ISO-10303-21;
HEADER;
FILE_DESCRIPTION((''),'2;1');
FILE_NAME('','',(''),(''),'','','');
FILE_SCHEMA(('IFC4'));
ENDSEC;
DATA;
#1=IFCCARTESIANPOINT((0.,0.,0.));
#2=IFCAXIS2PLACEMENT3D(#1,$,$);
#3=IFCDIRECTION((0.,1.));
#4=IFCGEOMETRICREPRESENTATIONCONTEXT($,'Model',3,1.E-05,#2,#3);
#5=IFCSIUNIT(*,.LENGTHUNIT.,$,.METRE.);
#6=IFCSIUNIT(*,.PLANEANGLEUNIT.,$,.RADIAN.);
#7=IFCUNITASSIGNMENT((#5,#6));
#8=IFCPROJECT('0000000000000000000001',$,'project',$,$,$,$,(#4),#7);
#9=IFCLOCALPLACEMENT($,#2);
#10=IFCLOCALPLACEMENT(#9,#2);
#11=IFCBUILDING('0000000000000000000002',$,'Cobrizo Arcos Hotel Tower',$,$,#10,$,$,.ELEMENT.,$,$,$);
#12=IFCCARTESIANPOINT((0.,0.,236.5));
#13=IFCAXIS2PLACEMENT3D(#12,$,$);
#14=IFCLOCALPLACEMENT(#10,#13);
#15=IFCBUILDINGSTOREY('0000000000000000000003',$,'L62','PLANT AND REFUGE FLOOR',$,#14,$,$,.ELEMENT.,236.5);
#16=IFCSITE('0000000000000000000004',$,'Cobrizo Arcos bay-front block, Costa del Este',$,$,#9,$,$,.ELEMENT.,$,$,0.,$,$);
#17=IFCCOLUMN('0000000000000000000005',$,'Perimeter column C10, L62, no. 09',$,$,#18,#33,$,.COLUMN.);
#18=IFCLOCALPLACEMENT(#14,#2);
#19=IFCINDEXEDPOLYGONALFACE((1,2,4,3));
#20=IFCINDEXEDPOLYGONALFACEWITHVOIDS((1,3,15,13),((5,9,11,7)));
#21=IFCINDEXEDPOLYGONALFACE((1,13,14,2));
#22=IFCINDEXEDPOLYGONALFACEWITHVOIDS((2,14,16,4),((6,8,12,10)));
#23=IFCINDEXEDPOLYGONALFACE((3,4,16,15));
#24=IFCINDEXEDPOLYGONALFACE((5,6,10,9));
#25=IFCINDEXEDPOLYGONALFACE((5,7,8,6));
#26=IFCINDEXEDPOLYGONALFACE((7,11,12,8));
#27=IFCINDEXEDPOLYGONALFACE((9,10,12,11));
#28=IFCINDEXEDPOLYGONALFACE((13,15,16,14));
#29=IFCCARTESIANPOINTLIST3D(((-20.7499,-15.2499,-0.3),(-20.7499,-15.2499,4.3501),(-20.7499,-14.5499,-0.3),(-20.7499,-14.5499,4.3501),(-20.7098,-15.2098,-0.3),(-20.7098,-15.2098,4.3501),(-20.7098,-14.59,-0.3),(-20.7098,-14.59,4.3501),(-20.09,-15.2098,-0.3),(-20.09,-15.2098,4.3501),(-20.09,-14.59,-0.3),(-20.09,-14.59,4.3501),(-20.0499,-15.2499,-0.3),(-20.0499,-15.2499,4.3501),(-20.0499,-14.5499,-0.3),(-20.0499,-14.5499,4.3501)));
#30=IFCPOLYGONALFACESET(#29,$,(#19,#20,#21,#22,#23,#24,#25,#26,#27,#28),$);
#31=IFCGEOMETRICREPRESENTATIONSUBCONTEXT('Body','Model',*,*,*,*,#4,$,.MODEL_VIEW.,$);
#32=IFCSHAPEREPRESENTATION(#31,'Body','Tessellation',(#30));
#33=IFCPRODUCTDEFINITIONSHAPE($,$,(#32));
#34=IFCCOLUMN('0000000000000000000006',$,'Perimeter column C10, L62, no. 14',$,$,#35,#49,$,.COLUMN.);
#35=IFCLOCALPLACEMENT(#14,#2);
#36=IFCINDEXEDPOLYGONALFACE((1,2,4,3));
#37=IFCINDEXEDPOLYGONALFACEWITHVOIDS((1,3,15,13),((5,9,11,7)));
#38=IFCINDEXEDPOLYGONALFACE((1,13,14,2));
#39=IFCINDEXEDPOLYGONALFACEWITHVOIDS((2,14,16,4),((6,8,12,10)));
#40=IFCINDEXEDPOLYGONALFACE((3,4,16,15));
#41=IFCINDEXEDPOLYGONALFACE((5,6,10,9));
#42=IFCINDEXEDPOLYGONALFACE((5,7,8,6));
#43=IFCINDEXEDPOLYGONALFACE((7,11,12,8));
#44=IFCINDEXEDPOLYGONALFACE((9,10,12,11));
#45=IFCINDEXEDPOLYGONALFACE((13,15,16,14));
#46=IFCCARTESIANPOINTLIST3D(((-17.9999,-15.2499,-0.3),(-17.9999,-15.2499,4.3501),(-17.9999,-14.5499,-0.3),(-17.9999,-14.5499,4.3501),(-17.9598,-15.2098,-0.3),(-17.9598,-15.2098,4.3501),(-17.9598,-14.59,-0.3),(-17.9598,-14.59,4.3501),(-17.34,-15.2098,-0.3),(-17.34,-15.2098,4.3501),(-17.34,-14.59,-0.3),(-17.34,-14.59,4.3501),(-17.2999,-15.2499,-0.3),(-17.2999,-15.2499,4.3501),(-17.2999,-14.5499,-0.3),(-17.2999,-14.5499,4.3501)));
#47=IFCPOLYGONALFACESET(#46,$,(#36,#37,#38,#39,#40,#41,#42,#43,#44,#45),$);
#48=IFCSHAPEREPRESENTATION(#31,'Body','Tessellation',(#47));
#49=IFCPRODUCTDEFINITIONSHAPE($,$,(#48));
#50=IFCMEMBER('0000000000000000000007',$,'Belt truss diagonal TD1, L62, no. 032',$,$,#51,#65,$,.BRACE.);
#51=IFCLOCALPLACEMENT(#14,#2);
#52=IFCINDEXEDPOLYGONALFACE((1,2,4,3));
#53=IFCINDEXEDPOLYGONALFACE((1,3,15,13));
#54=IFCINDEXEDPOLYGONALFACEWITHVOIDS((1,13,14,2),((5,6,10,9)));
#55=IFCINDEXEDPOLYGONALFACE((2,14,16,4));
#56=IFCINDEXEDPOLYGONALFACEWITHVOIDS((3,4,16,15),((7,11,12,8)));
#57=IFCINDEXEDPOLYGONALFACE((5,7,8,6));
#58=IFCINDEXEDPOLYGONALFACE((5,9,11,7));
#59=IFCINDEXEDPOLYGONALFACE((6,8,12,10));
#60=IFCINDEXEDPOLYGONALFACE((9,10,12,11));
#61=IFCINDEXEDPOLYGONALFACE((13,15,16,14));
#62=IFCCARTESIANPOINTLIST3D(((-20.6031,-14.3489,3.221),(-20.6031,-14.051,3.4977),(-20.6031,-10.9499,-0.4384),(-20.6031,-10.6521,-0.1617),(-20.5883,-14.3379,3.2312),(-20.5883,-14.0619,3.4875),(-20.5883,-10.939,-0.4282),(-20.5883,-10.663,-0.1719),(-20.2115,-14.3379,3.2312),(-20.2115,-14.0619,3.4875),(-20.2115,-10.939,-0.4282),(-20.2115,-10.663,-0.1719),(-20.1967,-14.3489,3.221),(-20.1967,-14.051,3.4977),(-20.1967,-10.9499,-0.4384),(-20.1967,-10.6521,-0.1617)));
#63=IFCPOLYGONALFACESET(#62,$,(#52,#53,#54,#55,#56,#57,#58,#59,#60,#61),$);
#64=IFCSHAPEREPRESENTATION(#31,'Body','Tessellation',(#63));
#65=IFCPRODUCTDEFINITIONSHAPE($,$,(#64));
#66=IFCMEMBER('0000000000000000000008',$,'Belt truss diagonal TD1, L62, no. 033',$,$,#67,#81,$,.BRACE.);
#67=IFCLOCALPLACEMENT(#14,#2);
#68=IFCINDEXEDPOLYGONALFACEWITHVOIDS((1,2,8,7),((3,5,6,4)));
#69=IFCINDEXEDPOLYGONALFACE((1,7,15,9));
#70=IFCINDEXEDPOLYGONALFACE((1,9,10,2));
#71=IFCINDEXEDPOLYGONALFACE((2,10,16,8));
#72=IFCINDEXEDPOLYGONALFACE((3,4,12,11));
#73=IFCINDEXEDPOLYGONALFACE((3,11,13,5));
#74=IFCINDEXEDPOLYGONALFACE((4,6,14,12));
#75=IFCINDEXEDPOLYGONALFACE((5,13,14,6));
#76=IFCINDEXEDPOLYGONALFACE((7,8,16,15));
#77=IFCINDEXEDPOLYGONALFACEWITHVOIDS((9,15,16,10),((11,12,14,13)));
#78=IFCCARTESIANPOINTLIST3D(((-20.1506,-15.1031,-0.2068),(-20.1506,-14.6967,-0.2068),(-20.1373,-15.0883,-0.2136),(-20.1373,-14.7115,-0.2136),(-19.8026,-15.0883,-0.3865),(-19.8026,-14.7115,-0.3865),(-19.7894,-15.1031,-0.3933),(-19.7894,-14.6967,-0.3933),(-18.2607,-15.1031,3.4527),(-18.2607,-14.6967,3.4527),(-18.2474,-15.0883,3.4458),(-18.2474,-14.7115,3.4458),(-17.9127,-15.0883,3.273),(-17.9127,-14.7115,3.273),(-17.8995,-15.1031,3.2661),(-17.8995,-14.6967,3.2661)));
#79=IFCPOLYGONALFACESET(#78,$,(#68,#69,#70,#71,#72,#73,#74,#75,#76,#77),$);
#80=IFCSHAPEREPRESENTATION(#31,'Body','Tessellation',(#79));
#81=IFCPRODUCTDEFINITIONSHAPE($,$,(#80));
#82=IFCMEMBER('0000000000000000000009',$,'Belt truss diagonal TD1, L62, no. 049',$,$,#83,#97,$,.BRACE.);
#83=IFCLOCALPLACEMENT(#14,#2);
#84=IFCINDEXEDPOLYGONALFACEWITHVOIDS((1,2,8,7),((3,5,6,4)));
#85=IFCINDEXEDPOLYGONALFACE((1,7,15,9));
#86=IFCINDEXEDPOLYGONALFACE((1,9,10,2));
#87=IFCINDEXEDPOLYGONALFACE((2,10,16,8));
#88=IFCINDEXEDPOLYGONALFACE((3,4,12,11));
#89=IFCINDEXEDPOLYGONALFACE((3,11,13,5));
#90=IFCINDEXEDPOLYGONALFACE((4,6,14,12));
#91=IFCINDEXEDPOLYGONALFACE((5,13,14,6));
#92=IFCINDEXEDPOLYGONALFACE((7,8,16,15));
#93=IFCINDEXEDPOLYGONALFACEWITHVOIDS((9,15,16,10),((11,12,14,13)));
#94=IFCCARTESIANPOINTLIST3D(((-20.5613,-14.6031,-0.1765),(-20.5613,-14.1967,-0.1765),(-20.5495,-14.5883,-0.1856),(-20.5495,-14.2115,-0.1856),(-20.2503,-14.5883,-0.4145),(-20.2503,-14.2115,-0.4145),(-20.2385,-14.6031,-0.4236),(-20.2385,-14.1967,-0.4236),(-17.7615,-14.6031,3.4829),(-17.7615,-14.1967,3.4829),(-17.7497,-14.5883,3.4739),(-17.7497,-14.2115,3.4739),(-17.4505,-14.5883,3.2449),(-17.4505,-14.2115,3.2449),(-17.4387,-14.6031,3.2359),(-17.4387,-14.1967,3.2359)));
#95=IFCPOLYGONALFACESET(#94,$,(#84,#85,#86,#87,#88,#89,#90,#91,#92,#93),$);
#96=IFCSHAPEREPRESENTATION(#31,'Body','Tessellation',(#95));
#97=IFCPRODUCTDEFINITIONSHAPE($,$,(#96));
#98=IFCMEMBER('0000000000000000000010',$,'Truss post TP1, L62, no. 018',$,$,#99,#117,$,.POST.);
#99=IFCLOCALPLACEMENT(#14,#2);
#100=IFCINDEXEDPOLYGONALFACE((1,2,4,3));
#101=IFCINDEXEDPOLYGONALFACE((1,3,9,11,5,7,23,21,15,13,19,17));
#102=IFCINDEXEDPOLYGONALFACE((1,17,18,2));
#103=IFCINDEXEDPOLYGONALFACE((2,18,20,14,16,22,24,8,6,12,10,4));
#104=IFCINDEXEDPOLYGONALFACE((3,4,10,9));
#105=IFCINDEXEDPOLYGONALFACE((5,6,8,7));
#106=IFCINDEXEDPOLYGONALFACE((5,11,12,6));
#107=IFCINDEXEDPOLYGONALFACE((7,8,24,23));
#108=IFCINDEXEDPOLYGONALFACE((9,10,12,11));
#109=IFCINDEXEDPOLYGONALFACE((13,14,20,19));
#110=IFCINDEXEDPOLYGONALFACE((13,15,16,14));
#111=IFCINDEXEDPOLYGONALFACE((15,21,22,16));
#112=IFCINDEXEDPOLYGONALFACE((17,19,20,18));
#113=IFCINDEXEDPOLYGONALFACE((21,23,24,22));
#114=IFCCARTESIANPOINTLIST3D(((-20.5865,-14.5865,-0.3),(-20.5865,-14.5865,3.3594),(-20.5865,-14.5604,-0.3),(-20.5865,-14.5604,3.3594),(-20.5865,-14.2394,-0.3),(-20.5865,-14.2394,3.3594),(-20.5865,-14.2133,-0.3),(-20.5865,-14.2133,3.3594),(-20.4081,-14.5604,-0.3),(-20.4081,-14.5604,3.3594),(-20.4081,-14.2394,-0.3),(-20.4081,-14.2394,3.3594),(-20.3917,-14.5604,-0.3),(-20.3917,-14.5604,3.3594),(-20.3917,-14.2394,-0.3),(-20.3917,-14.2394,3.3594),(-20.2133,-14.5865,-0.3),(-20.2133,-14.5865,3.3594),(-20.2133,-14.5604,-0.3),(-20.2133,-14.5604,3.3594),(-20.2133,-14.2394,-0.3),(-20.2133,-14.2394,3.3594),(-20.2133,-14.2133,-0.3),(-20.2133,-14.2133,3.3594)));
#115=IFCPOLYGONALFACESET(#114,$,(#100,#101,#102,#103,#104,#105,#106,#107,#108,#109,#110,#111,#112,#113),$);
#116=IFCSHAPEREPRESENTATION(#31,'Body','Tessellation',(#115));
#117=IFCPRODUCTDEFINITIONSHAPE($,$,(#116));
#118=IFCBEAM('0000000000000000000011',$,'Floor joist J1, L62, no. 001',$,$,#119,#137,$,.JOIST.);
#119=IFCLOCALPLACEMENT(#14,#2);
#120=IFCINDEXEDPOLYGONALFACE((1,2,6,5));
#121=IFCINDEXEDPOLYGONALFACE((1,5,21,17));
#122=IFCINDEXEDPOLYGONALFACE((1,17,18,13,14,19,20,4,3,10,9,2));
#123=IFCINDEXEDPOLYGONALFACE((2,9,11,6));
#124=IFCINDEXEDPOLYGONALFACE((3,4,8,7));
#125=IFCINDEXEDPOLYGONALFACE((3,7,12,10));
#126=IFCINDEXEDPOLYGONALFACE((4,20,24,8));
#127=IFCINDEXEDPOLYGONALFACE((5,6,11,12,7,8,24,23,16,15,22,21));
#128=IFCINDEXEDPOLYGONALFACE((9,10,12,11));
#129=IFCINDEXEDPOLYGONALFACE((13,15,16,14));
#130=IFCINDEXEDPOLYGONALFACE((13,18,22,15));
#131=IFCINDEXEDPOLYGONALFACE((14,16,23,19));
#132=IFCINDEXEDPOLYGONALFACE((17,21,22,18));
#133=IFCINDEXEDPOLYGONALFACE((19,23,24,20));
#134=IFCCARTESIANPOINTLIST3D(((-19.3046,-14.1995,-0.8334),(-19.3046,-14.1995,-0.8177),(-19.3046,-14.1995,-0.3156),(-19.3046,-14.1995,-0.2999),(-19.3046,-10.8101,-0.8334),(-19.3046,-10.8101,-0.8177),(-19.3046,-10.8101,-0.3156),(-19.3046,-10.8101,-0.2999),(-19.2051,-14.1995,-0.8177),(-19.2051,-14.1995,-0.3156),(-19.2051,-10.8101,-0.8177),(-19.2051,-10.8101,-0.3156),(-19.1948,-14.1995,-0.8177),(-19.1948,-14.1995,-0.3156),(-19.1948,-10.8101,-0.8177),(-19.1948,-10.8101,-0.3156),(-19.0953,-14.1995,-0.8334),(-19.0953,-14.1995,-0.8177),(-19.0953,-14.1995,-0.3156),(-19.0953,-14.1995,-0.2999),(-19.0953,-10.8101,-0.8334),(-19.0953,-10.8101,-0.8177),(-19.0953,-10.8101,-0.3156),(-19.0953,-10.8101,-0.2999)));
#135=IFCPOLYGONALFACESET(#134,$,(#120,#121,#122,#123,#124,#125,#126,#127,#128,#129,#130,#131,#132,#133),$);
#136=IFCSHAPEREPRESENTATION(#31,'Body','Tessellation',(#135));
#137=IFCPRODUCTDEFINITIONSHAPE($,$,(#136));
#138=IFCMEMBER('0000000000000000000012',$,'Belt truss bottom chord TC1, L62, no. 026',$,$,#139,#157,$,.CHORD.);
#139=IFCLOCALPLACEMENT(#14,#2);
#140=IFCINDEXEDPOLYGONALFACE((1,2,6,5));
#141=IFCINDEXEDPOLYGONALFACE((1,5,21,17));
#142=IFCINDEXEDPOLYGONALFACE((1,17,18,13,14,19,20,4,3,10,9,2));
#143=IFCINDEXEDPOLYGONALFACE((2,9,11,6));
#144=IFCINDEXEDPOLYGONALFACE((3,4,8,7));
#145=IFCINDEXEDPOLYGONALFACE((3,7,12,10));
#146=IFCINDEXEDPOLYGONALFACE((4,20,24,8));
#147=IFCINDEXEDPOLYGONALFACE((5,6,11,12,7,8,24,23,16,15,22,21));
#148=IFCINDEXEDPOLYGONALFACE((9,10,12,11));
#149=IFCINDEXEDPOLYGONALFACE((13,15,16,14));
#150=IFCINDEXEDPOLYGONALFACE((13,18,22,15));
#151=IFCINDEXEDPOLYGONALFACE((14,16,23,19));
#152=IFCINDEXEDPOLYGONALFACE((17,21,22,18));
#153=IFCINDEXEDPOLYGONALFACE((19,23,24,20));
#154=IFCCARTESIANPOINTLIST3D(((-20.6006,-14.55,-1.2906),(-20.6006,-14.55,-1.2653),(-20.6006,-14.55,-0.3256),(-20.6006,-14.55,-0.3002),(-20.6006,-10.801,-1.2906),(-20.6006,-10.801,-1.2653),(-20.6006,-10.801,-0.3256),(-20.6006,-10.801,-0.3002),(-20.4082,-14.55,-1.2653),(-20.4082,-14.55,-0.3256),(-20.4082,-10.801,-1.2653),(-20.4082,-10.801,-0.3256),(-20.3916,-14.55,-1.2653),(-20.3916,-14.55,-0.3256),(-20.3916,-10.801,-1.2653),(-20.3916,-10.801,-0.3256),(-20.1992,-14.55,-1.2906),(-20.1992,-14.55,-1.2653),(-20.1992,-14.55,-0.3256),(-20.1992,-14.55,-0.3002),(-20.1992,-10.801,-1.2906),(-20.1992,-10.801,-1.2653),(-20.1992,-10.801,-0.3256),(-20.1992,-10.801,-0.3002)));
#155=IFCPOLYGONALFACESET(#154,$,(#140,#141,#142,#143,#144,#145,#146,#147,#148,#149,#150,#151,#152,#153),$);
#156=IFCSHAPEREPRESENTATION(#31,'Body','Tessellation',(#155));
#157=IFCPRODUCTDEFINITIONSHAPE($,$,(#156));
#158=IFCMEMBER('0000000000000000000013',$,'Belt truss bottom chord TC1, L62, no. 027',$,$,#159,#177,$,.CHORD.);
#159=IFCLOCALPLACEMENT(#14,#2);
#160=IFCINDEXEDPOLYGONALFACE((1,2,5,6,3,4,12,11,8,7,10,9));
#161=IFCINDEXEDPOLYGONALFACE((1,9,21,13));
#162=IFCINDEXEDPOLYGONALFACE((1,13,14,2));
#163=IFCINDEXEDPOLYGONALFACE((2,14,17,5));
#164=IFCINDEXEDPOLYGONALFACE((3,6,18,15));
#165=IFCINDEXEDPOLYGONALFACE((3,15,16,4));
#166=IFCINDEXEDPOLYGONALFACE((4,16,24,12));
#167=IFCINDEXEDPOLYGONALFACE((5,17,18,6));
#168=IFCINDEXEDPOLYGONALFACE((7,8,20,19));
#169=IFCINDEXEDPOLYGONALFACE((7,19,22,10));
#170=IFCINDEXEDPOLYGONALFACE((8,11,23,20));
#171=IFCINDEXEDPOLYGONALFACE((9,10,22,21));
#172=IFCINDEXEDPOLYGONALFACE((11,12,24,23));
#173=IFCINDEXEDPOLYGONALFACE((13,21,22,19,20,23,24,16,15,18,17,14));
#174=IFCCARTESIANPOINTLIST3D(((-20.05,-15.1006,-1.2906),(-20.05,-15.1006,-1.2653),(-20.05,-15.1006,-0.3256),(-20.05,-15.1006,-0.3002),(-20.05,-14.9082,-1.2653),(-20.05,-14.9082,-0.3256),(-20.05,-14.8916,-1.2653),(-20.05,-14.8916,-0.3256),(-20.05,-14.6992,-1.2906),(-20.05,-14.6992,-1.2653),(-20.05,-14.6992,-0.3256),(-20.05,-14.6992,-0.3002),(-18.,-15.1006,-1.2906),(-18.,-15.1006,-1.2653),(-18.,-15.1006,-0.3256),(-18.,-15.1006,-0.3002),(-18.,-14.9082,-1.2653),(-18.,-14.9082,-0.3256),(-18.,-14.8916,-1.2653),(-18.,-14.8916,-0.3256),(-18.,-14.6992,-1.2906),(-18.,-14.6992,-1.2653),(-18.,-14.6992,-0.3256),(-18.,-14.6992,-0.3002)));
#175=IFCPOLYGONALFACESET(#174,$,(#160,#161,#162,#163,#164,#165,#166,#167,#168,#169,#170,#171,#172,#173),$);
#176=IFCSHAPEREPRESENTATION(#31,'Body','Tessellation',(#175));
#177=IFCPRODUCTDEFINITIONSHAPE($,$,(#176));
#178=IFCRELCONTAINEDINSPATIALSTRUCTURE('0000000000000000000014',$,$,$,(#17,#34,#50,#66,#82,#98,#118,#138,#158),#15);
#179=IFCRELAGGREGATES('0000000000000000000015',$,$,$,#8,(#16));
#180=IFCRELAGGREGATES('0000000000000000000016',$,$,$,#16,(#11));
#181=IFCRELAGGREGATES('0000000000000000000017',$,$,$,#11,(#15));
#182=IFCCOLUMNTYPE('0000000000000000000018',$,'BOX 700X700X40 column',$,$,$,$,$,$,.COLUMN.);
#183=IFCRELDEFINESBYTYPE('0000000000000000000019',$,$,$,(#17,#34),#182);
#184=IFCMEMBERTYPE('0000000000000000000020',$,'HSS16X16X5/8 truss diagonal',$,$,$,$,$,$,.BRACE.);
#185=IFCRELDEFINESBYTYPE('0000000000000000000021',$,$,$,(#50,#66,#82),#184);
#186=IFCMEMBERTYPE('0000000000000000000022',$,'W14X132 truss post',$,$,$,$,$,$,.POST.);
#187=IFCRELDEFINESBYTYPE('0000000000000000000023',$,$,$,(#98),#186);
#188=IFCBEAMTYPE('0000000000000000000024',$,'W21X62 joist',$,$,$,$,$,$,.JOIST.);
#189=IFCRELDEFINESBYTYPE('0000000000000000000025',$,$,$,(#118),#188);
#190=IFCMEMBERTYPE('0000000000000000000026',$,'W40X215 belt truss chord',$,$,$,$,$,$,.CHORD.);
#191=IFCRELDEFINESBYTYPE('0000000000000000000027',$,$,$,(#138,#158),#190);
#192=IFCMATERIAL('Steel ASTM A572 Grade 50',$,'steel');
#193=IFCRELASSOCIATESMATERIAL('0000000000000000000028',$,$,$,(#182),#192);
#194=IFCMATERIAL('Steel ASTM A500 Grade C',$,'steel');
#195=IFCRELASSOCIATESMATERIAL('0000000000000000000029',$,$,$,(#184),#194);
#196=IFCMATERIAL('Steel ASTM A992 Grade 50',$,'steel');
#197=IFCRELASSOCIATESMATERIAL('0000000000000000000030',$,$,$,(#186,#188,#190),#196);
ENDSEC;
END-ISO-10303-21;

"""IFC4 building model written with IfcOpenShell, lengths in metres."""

from ifc_helpers import new_model, si_unit, direction, frame, origin, origin_2d, place, context, subcontext, project, spatial, hollow_rectangle, i_section, extrude, material, material_profile, profile_set, type_object, element, save


model = new_model("IFC4")

# Units and contexts
model_context = context("Model", 3, precision=1e-05, world=origin(), true_north=direction((0.0, 1.0)))
body_context = subcontext(model_context, "Body", "Model", "MODEL_VIEW")
ifc_project = project(units=[si_unit("LENGTHUNIT", "METRE"), si_unit("PLANEANGLEUNIT", "RADIAN")], contexts=[model_context])

# Site, building, storey
site_placement = place(None, origin())
site = spatial("IfcSite", under=ifc_project, at=site_placement, Name="Cobrizo Arcos bay-front block, Costa del Este", CompositionType="ELEMENT", RefElevation=0.0)
building_placement = place(site_placement, origin())
building = spatial("IfcBuilding", under=site, at=building_placement, Name="Cobrizo Arcos Hotel Tower", CompositionType="ELEMENT")
storey_placement = place(building_placement, frame((0.0, 0.0, 236.5)))
storey = spatial("IfcBuildingStorey", under=building, at=storey_placement, Name="L62", Description="PLANT AND REFUGE FLOOR", CompositionType="ELEMENT", Elevation=236.5)

# Columns
ifc_material_1 = material(Name="Steel ASTM A572 Grade 50", Category="steel")
ifc_material_profile_1 = material_profile(ifc_material_1, hollow_rectangle(XDim=0.7, YDim=0.7, WallThickness=0.04, at=origin_2d()), Name="BOX 700X700X40")
ifc_profile_set_1 = profile_set([ifc_material_profile_1], Name="Steel ASTM A572 Grade 50")
column_type = type_object("IfcColumnType", Name="BOX 700X700X40 column", PredefinedType="COLUMN", material=ifc_profile_set_1)
for number, where, z_axis, x_axis, name in (
    (1, (-20.3999, -14.8999, -0.3), (0.0, 0.0, 1.0), (1.0, 0.0, 0.0), "Perimeter column C10, L62, no. 09"),
    (2, (-17.6499, -14.8999, -0.3), (0.0, 0.0, 1.0), (1.0, 0.0, 0.0), "Perimeter column C10, L62, no. 14"),
):
    element("IfcColumn", number, at=place(storey_placement, frame(where, z_axis=z_axis, x_axis=x_axis)), inside=storey, type_object=column_type, Name=name, PredefinedType="COLUMN", context=body_context, shape_type="SweptSolid", body=[
        extrude(hollow_rectangle(XDim=0.7, YDim=0.7, WallThickness=0.04, at=origin_2d()), origin(), (0.0, 0.0, 1.0), 4.6501),
    ])

# Members
ifc_material_2 = material(Name="Steel ASTM A500 Grade C", Category="steel")
ifc_material_profile_2 = material_profile(ifc_material_2, hollow_rectangle(XDim=0.4065, YDim=0.4065, WallThickness=0.0149, at=origin_2d()), Name="HSS16X16X5/8")
ifc_profile_set_2 = profile_set([ifc_material_profile_2], Name="Steel ASTM A500 Grade C")
member_type_1 = type_object("IfcMemberType", Name="HSS16X16X5/8 truss diagonal", PredefinedType="BRACE", material=ifc_profile_set_2)
member_1_placement = place(storey_placement, frame((-20.3999, -10.801, -0.3), z_axis=(0.0, -0.680547, 0.732705), x_axis=(1.0, 0.0, 0.0)))
element("IfcMember", 3, at=member_1_placement, inside=storey, type_object=member_type_1, Name="Belt truss diagonal TD1, L62, no. 032", PredefinedType="BRACE", context=body_context, shape_type="SweptSolid", body=[
    extrude(hollow_rectangle(XDim=0.4065, YDim=0.4065, WallThickness=0.0149, at=origin_2d()), origin(), (0.0, 0.0, 1.0), 4.9944),
])
member_2_placement = place(storey_placement, frame((-19.97, -14.8999, -0.3), z_axis=(0.458865, 0.0, 0.888506), x_axis=(0.0, 1.0, 0.0)))
element("IfcMember", 4, at=member_2_placement, inside=storey, type_object=member_type_1, Name="Belt truss diagonal TD1, L62, no. 033", PredefinedType="BRACE", context=body_context, shape_type="SweptSolid", body=[
    extrude(hollow_rectangle(XDim=0.4065, YDim=0.4065, WallThickness=0.0149, at=origin_2d()), origin(), (0.0, 0.0, 1.0), 4.1187),
])
member_3_placement = place(storey_placement, frame((-20.3999, -14.3999, -0.3), z_axis=(0.607645, 0.0, 0.794209), x_axis=(0.0, 1.0, 0.0)))
element("IfcMember", 5, at=member_3_placement, inside=storey, type_object=member_type_1, Name="Belt truss diagonal TD1, L62, no. 049", PredefinedType="BRACE", context=body_context, shape_type="SweptSolid", body=[
    extrude(hollow_rectangle(XDim=0.4065, YDim=0.4065, WallThickness=0.0149, at=origin_2d()), origin(), (0.0, 0.0, 1.0), 4.6077),
])
ifc_material_3 = material(Name="Steel ASTM A992 Grade 50", Category="steel")
ifc_material_profile_3 = material_profile(ifc_material_3, i_section(OverallWidth=0.3733, OverallDepth=0.3733, WebThickness=0.0164, FlangeThickness=0.0261, at=origin_2d()), Name="W14X132")
ifc_profile_set_3 = profile_set([ifc_material_profile_3], Name="Steel ASTM A992 Grade 50")
member_type_2 = type_object("IfcMemberType", Name="W14X132 truss post", PredefinedType="POST", material=ifc_profile_set_3)
member_4_placement = place(storey_placement, frame((-20.3999, -14.3999, -0.3), z_axis=(0.0, 0.0, 1.0), x_axis=(1.0, 0.0, 0.0)))
element("IfcMember", 6, at=member_4_placement, inside=storey, type_object=member_type_2, Name="Truss post TP1, L62, no. 018", PredefinedType="POST", context=body_context, shape_type="SweptSolid", body=[
    extrude(i_section(OverallWidth=0.3733, OverallDepth=0.3733, WebThickness=0.0164, FlangeThickness=0.0261, at=origin_2d()), origin(), (0.0, 0.0, 1.0), 3.6594),
])

# Beam
ifc_material_profile_4 = material_profile(ifc_material_3, i_section(OverallWidth=0.2092, OverallDepth=0.5334, WebThickness=0.0103, FlangeThickness=0.0156, at=origin_2d()), Name="W21X62")
ifc_profile_set_4 = profile_set([ifc_material_profile_4], Name="Steel ASTM A992 Grade 50")
beam_type = type_object("IfcBeamType", Name="W21X62 joist", PredefinedType="JOIST", material=ifc_profile_set_4)
beam_placement = place(storey_placement, frame((-19.2, -14.1995, -0.5667), z_axis=(0.0, 1.0, 0.0), x_axis=(-1.0, 0.0, 0.0)))
element("IfcBeam", 7, at=beam_placement, inside=storey, type_object=beam_type, Name="Floor joist J1, L62, no. 001", PredefinedType="JOIST", context=body_context, shape_type="SweptSolid", body=[
    extrude(i_section(OverallWidth=0.2092, OverallDepth=0.5334, WebThickness=0.0103, FlangeThickness=0.0156, at=origin_2d()), origin(), (0.0, 0.0, 1.0), 3.3894),
])

# Members
ifc_material_profile_5 = material_profile(ifc_material_3, i_section(OverallWidth=0.4014, OverallDepth=0.9905, WebThickness=0.0166, FlangeThickness=0.0254, at=origin_2d()), Name="W40X215")
ifc_profile_set_5 = profile_set([ifc_material_profile_5], Name="Steel ASTM A992 Grade 50")
member_type_3 = type_object("IfcMemberType", Name="W40X215 belt truss chord", PredefinedType="CHORD", material=ifc_profile_set_5)
member_5_placement = place(storey_placement, frame((-20.3999, -10.801, -0.7954), z_axis=(0.0, -1.0, 0.0), x_axis=(1.0, 0.0, 0.0)))
element("IfcMember", 8, at=member_5_placement, inside=storey, type_object=member_type_3, Name="Belt truss bottom chord TC1, L62, no. 026", PredefinedType="CHORD", context=body_context, shape_type="SweptSolid", body=[
    extrude(i_section(OverallWidth=0.4014, OverallDepth=0.9905, WebThickness=0.0166, FlangeThickness=0.0254, at=origin_2d()), origin(), (0.0, 0.0, 1.0), 3.749),
])
member_6_placement = place(storey_placement, frame((-20.05, -14.8999, -0.7954), z_axis=(1.0, 0.0, 0.0), x_axis=(0.0, 1.0, 0.0)))
element("IfcMember", 9, at=member_6_placement, inside=storey, type_object=member_type_3, Name="Belt truss bottom chord TC1, L62, no. 027", PredefinedType="CHORD", context=body_context, shape_type="SweptSolid", body=[
    extrude(i_section(OverallWidth=0.4014, OverallDepth=0.9905, WebThickness=0.0166, FlangeThickness=0.0254, at=origin_2d()), origin(), (0.0, 0.0, 1.0), 2.05),
])

save(model, "model.ifc")
